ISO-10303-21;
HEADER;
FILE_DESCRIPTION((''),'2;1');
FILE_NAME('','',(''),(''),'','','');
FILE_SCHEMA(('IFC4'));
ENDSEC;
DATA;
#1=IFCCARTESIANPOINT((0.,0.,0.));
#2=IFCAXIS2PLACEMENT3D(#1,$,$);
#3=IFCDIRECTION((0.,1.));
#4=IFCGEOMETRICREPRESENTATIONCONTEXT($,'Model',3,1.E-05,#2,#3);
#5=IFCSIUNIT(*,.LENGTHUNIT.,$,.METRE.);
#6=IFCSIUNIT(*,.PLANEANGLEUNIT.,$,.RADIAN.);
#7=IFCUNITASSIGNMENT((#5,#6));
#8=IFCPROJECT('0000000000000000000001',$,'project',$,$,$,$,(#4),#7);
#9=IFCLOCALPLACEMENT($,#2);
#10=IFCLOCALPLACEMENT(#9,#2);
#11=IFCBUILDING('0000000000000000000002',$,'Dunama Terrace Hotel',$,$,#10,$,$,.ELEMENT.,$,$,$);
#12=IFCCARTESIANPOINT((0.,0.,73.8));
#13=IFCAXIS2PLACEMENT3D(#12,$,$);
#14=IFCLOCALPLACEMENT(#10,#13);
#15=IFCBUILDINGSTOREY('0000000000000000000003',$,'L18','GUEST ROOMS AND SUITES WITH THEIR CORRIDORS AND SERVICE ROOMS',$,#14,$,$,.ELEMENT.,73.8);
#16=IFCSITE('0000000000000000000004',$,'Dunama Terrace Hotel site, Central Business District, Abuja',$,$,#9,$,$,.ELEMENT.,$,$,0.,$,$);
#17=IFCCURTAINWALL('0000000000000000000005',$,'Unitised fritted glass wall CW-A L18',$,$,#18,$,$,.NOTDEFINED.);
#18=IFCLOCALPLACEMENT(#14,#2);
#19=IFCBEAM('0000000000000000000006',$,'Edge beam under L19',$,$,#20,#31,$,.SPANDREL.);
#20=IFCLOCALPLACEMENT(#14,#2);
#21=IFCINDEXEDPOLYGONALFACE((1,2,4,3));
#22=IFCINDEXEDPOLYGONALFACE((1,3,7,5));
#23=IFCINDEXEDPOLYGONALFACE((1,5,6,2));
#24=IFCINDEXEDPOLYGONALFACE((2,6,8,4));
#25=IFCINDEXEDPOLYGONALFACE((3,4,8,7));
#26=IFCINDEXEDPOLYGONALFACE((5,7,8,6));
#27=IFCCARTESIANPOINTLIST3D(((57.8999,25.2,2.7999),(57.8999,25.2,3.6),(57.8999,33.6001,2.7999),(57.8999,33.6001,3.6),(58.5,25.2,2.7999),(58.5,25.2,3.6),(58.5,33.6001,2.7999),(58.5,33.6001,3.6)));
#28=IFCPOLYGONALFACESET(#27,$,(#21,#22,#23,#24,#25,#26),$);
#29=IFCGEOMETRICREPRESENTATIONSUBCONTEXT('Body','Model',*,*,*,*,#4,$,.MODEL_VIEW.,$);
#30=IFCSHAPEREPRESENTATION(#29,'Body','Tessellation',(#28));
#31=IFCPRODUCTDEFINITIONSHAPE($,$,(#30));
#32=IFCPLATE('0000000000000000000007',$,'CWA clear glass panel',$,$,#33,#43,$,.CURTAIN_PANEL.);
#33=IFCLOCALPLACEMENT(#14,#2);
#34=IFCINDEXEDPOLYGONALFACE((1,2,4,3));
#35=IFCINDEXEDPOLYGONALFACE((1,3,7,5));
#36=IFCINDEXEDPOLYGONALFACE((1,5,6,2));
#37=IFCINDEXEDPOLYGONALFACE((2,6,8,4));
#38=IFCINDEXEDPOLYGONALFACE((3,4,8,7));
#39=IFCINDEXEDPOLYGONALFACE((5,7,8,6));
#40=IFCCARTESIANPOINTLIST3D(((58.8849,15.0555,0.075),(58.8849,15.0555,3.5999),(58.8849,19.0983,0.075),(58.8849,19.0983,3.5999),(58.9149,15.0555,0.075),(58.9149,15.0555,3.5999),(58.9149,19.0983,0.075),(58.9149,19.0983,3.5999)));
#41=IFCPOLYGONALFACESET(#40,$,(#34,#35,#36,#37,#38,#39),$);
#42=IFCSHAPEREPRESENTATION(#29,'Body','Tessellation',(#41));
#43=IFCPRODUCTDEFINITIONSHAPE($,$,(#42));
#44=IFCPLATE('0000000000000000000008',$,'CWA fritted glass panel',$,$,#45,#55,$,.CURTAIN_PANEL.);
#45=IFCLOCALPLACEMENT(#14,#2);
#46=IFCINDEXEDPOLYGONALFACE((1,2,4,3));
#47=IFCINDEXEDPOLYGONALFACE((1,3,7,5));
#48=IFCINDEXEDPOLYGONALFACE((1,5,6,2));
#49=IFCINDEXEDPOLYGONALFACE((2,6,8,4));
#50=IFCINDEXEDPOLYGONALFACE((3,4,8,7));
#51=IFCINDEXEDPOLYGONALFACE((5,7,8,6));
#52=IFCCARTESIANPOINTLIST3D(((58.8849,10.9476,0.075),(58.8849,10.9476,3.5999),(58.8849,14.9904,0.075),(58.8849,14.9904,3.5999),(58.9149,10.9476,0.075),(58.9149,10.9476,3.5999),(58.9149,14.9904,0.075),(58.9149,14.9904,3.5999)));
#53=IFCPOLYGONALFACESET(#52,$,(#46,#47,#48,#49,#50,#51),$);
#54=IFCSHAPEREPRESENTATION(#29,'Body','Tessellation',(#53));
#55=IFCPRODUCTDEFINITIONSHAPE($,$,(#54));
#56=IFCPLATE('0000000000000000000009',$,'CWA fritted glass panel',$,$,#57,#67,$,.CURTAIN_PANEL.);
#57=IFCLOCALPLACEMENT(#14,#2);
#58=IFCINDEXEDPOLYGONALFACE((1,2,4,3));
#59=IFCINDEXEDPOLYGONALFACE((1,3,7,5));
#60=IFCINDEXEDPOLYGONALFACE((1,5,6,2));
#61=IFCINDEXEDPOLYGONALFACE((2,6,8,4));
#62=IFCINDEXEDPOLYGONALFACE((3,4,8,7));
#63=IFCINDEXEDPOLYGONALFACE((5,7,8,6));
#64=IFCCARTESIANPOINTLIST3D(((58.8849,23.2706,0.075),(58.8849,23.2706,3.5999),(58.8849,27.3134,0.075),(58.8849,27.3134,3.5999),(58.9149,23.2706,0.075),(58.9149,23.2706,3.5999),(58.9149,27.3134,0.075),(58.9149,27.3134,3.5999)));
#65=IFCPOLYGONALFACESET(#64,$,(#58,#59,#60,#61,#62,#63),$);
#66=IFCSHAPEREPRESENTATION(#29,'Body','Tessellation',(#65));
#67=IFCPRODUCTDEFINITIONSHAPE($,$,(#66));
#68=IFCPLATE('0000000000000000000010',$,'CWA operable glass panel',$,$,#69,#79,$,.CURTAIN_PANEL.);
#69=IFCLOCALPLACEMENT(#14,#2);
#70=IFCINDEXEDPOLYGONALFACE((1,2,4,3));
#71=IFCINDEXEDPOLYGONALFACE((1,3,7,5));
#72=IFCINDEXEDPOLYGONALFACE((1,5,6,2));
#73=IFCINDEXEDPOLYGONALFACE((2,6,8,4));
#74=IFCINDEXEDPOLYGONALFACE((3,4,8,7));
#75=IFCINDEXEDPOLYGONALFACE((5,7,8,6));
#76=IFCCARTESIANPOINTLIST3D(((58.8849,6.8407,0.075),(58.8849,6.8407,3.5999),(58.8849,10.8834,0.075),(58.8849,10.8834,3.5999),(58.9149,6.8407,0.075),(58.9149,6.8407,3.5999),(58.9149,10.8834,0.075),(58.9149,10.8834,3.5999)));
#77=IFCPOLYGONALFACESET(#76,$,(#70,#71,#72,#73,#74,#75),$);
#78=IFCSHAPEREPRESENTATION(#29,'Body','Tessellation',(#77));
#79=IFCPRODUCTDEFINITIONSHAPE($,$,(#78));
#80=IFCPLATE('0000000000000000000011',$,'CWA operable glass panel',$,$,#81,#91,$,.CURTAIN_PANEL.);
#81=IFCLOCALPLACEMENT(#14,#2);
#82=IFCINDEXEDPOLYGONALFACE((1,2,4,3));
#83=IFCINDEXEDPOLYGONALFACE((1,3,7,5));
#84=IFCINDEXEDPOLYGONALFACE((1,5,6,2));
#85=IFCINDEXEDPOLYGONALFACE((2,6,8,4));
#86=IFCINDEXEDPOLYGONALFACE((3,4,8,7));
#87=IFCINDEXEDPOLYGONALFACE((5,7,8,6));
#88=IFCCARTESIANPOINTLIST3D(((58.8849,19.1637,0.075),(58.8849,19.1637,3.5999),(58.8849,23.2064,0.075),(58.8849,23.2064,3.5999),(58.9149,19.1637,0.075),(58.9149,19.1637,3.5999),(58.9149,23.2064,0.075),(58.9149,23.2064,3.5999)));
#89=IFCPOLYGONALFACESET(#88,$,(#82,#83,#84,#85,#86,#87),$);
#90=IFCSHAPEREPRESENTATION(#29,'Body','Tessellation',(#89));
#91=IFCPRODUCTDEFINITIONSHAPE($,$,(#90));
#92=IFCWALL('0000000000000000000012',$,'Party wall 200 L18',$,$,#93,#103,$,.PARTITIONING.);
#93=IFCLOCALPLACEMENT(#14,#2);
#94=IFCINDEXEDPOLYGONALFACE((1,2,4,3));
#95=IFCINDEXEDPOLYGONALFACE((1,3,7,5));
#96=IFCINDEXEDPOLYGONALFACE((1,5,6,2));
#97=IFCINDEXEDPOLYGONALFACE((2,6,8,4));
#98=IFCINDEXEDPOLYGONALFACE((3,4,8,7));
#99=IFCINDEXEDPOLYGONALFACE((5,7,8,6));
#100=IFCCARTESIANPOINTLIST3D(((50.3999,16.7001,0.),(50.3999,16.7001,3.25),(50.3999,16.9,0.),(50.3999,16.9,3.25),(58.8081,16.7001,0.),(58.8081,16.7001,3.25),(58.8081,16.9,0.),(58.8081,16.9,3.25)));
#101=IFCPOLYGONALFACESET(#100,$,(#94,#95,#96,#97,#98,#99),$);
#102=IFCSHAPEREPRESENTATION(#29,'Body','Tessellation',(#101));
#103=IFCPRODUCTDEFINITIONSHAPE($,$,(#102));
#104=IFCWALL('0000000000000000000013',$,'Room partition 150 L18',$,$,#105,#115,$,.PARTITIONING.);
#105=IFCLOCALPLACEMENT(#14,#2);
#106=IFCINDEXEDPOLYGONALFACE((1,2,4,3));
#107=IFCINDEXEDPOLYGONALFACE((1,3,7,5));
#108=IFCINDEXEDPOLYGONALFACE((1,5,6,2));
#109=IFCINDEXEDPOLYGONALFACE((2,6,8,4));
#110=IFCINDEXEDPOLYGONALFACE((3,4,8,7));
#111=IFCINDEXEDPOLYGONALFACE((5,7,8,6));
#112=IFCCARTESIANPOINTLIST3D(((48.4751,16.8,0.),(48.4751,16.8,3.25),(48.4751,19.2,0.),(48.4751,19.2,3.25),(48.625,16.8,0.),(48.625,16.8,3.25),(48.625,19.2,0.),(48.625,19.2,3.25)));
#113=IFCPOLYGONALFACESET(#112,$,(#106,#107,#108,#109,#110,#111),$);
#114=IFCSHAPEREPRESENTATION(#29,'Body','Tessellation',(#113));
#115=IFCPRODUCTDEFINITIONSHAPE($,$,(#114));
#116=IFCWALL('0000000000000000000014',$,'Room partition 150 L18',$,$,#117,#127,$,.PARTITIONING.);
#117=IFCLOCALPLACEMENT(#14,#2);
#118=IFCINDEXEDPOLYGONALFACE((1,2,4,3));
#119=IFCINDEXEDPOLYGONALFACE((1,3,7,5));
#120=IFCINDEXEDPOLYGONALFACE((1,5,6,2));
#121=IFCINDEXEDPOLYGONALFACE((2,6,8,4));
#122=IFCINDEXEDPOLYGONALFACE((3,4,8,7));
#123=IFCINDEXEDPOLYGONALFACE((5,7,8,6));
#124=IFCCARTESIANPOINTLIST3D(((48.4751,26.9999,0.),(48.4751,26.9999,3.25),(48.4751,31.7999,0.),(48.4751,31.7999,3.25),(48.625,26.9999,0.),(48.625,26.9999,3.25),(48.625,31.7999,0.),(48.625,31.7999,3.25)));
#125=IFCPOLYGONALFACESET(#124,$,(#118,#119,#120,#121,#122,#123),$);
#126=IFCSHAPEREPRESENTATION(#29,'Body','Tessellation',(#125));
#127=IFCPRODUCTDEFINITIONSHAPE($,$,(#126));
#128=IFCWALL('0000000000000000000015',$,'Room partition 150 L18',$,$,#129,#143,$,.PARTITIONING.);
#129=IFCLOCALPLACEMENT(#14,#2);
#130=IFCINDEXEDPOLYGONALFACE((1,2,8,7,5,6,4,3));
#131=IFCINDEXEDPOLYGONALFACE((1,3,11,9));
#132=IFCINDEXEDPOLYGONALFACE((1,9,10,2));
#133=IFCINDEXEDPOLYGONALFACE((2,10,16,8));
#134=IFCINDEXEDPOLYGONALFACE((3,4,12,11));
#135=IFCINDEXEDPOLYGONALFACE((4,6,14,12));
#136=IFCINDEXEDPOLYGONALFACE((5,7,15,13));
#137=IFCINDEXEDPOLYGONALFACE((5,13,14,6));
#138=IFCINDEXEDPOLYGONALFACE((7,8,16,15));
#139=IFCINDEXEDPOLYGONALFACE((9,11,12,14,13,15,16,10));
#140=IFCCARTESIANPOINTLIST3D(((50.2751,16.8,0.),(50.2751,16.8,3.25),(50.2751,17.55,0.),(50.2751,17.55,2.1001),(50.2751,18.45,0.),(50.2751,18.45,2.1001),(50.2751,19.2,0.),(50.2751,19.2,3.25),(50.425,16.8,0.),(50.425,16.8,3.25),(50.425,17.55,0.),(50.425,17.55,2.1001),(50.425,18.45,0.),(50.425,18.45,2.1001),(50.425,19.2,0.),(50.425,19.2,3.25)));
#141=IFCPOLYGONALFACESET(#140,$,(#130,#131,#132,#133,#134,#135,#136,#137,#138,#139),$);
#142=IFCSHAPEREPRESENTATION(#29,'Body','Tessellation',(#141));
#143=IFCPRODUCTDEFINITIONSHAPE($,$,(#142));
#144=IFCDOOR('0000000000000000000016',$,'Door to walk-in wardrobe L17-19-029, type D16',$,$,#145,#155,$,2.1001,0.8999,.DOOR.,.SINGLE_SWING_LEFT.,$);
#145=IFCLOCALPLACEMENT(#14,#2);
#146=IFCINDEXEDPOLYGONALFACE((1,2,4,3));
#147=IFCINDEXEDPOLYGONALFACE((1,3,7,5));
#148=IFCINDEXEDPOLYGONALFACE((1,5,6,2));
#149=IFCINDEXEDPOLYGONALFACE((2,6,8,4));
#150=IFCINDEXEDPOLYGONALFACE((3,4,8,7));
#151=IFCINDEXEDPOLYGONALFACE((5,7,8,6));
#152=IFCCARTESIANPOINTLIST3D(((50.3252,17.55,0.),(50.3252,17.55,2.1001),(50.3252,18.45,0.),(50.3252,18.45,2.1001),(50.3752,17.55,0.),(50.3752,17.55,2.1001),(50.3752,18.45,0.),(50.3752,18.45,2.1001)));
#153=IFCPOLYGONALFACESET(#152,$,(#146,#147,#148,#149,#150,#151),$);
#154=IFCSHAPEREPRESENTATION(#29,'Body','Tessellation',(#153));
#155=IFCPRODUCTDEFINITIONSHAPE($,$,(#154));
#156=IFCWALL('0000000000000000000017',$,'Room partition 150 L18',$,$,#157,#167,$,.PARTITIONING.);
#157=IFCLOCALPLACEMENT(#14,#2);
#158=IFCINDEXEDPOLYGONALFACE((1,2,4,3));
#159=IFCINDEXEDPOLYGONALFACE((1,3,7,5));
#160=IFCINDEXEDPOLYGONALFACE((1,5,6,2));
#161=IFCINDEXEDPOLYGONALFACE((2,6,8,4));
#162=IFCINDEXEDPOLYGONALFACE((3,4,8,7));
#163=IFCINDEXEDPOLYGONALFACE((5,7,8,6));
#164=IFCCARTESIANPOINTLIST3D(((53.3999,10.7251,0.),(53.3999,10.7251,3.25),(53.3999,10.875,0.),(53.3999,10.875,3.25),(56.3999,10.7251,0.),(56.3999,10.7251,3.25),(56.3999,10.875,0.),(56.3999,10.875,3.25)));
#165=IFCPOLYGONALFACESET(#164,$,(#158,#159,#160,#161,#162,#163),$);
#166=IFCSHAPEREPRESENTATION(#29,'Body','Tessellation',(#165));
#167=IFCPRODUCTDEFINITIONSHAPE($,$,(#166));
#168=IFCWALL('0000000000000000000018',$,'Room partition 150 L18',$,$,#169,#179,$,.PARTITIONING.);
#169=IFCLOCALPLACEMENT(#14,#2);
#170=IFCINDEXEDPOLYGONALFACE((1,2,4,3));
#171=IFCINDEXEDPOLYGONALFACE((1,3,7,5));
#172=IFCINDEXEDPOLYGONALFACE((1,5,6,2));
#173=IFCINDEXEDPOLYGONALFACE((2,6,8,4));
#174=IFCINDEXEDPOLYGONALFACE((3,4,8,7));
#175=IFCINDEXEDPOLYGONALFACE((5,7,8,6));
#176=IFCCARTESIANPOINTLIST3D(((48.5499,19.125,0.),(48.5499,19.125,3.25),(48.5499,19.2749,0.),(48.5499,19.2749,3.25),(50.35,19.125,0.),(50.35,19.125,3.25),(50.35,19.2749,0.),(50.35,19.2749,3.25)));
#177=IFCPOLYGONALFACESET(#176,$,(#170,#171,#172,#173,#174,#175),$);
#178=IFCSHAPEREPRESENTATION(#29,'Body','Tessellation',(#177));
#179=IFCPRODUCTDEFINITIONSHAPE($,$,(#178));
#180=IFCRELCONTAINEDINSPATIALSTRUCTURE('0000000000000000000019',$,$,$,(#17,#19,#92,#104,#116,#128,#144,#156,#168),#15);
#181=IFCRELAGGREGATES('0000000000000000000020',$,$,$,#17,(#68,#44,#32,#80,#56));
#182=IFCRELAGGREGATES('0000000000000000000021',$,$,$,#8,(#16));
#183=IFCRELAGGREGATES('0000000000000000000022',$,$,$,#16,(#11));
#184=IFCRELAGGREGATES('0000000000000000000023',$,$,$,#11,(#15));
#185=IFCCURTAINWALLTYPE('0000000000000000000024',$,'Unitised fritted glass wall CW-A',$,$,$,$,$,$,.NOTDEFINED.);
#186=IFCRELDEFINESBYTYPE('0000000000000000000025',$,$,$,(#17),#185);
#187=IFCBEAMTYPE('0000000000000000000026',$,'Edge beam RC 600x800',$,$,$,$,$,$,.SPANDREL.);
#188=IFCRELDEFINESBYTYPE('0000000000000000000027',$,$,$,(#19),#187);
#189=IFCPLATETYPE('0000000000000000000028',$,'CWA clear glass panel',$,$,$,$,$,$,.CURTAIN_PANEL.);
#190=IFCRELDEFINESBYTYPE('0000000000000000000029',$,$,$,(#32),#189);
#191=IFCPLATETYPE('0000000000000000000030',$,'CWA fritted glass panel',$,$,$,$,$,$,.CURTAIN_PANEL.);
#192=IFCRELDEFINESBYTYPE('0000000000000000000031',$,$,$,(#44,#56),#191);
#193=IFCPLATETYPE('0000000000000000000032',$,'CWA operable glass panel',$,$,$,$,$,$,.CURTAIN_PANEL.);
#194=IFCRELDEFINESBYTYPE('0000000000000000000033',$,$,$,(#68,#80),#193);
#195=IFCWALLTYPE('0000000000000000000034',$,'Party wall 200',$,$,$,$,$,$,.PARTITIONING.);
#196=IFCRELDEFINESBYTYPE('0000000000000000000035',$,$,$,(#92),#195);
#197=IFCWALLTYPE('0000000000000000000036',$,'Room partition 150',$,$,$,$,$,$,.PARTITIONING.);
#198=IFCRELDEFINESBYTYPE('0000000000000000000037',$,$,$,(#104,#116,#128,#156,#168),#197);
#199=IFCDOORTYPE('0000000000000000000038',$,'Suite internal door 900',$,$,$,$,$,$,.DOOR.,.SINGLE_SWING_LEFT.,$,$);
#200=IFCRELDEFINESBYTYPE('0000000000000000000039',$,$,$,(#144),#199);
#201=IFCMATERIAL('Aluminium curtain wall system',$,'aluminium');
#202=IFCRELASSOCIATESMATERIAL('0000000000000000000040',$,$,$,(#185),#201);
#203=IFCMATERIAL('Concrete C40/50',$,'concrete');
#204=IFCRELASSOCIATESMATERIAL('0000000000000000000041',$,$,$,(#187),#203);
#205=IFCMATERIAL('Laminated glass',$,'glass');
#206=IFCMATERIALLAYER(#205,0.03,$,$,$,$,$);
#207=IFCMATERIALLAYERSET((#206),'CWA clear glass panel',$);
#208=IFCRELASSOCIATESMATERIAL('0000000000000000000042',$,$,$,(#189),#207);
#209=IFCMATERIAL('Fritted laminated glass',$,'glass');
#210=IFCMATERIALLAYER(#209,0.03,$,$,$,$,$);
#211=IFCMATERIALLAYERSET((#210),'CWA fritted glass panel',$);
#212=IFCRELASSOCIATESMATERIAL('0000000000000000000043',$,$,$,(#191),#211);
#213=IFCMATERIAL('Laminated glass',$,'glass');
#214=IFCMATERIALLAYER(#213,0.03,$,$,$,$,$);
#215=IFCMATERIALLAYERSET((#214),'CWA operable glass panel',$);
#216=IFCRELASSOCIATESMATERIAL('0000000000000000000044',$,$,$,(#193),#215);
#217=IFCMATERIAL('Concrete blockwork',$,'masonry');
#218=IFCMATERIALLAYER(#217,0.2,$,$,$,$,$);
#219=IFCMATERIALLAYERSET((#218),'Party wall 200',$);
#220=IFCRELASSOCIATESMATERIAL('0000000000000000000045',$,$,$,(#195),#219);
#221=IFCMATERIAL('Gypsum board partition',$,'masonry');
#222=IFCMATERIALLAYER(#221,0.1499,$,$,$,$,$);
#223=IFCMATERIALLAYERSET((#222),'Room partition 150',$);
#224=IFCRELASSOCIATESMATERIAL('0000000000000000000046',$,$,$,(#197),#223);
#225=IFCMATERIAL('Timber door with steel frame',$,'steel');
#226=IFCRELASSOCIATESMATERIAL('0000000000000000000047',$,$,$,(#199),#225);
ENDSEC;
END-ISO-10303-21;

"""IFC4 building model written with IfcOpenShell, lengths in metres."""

from ifc_helpers import new_model, si_unit, direction, frame, frame_2d, origin, origin_2d, place, context, subcontext, project, spatial, rectangle, extrude, material, layer, layer_set, material_profile, profile_set, type_object, element, fill, aggregate, save


model = new_model("IFC4")

# Units and contexts
model_context = context("Model", 3, precision=1e-05, world=origin(), true_north=direction((0.0, 1.0)))
body_context = subcontext(model_context, "Body", "Model", "MODEL_VIEW")
ifc_project = project(units=[si_unit("LENGTHUNIT", "METRE"), si_unit("PLANEANGLEUNIT", "RADIAN")], contexts=[model_context])

# Site, building, storey
site_placement = place(None, origin())
site = spatial("IfcSite", under=ifc_project, at=site_placement, Name="Dunama Terrace Hotel site, Central Business District, Abuja", CompositionType="ELEMENT", RefElevation=0.0)
building_placement = place(site_placement, origin())
building = spatial("IfcBuilding", under=site, at=building_placement, Name="Dunama Terrace Hotel", CompositionType="ELEMENT")
storey_placement = place(building_placement, frame((0.0, 0.0, 73.8)))
storey = spatial("IfcBuildingStorey", under=building, at=storey_placement, Name="L18", Description="GUEST ROOMS AND SUITES WITH THEIR CORRIDORS AND SERVICE ROOMS", CompositionType="ELEMENT", Elevation=73.8)

# Curtain wall
ifc_material_1 = material(Name="Aluminium curtain wall system", Category="aluminium")
curtain_wall_type = type_object("IfcCurtainWallType", Name="Unitised fritted glass wall CW-A", PredefinedType="NOTDEFINED", material=ifc_material_1)
curtain_wall_placement = place(storey_placement, origin())
curtain_wall = element("IfcCurtainWall", 1, at=curtain_wall_placement, inside=storey, type_object=curtain_wall_type, Name="Unitised fritted glass wall CW-A L18", PredefinedType="NOTDEFINED")

# Beam
ifc_material_2 = material(Name="Concrete C40/50", Category="concrete")
ifc_material_profile_1 = material_profile(ifc_material_2, rectangle(XDim=0.6001, YDim=0.8, at=origin_2d()), Name="RC 600x800")
ifc_profile_set_1 = profile_set([ifc_material_profile_1], Name="Concrete C40/50")
beam_type = type_object("IfcBeamType", Name="Edge beam RC 600x800", PredefinedType="SPANDREL", material=ifc_profile_set_1)
beam_1_placement = place(storey_placement, frame((58.2, 25.2, 3.2), z_axis=(0.0, 1.0, 0.0), x_axis=(-1.0, 0.0, 0.0)))
element("IfcBeam", 2, at=beam_1_placement, inside=storey, type_object=beam_type, Name="Edge beam under L19", PredefinedType="SPANDREL", context=body_context, shape_type="SweptSolid", body=[
    extrude(rectangle(XDim=0.6001, YDim=0.8, at=origin_2d()), origin(), (0.0, 0.0, 1.0), 8.4001),
])

# Plates
ifc_material_3 = material(Name="Laminated glass", Category="glass")
ifc_layer_1 = layer(ifc_material_3, 0.03)
ifc_layer_set_1 = layer_set([ifc_layer_1], Name="CWA clear glass panel")
plate_type_1 = type_object("IfcPlateType", Name="CWA clear glass panel", PredefinedType="CURTAIN_PANEL", material=ifc_layer_set_1)
plate_1_placement = place(storey_placement, frame((58.8999, 17.0769, 0.075), z_axis=(0.0, 0.0, 1.0), x_axis=(0.0, 1.0, 0.0)))
plate_1 = element("IfcPlate", 3, at=plate_1_placement, type_object=plate_type_1, Name="CWA clear glass panel", PredefinedType="CURTAIN_PANEL", context=body_context, shape_type="SweptSolid", body=[
    extrude(rectangle(XDim=4.0427, YDim=0.03, at=origin_2d()), origin(), (0.0, 0.0, 1.0), 3.5249),
])
ifc_material_4 = material(Name="Fritted laminated glass", Category="glass")
ifc_layer_2 = layer(ifc_material_4, 0.03)
ifc_layer_set_2 = layer_set([ifc_layer_2], Name="CWA fritted glass panel")
plate_type_2 = type_object("IfcPlateType", Name="CWA fritted glass panel", PredefinedType="CURTAIN_PANEL", material=ifc_layer_set_2)
plate_2_placement = place(storey_placement, frame((58.8999, 12.969, 0.075), z_axis=(0.0, 0.0, 1.0), x_axis=(0.0, 1.0, 0.0)))
plate_2 = element("IfcPlate", 4, at=plate_2_placement, type_object=plate_type_2, Name="CWA fritted glass panel", PredefinedType="CURTAIN_PANEL", context=body_context, shape_type="SweptSolid", body=[
    extrude(rectangle(XDim=4.0427, YDim=0.03, at=origin_2d()), origin(), (0.0, 0.0, 1.0), 3.5249),
])
plate_3_placement = place(storey_placement, frame((58.8999, 25.292, 0.075), z_axis=(0.0, 0.0, 1.0), x_axis=(0.0, 1.0, 0.0)))
plate_3 = element("IfcPlate", 5, at=plate_3_placement, type_object=plate_type_2, Name="CWA fritted glass panel", PredefinedType="CURTAIN_PANEL", context=body_context, shape_type="SweptSolid", body=[
    extrude(rectangle(XDim=4.0427, YDim=0.03, at=origin_2d()), origin(), (0.0, 0.0, 1.0), 3.5249),
])
ifc_material_5 = material(Name="Laminated glass", Category="glass")
ifc_layer_3 = layer(ifc_material_5, 0.03)
ifc_layer_set_3 = layer_set([ifc_layer_3], Name="CWA operable glass panel")
plate_type_3 = type_object("IfcPlateType", Name="CWA operable glass panel", PredefinedType="CURTAIN_PANEL", material=ifc_layer_set_3)
plate_4_placement = place(storey_placement, frame((58.8999, 8.8621, 0.075), z_axis=(0.0, 0.0, 1.0), x_axis=(0.0, 1.0, 0.0)))
plate_4 = element("IfcPlate", 6, at=plate_4_placement, type_object=plate_type_3, Name="CWA operable glass panel", PredefinedType="CURTAIN_PANEL", context=body_context, shape_type="SweptSolid", body=[
    extrude(rectangle(XDim=4.0427, YDim=0.03, at=origin_2d()), origin(), (0.0, 0.0, 1.0), 3.5249),
])
plate_5_placement = place(storey_placement, frame((58.8999, 21.1851, 0.075), z_axis=(0.0, 0.0, 1.0), x_axis=(0.0, 1.0, 0.0)))
plate_5 = element("IfcPlate", 7, at=plate_5_placement, type_object=plate_type_3, Name="CWA operable glass panel", PredefinedType="CURTAIN_PANEL", context=body_context, shape_type="SweptSolid", body=[
    extrude(rectangle(XDim=4.0427, YDim=0.03, at=origin_2d()), origin(), (0.0, 0.0, 1.0), 3.5249),
])
aggregate(curtain_wall, [plate_4, plate_2, plate_1, plate_5, plate_3])

# Walls
ifc_material_6 = material(Name="Concrete blockwork", Category="masonry")
ifc_layer_4 = layer(ifc_material_6, 0.2)
ifc_layer_set_4 = layer_set([ifc_layer_4], Name="Party wall 200")
wall_type_1 = type_object("IfcWallType", Name="Party wall 200", PredefinedType="PARTITIONING", material=ifc_layer_set_4)
wall_1_placement = place(storey_placement, frame((50.3999, 16.8, 0.0), z_axis=(0.0, 0.0, 1.0), x_axis=(1.0, 0.0, 0.0)))
element("IfcWall", 8, at=wall_1_placement, inside=storey, type_object=wall_type_1, Name="Party wall 200 L18", PredefinedType="PARTITIONING", context=body_context, shape_type="SweptSolid", body=[
    extrude(rectangle(XDim=8.4082, YDim=0.2, at=frame_2d((4.2041, 0.0))), origin(), (0.0, 0.0, 1.0), 3.25),
])
ifc_material_7 = material(Name="Gypsum board partition", Category="masonry")
ifc_layer_5 = layer(ifc_material_7, 0.1499)
ifc_layer_set_5 = layer_set([ifc_layer_5], Name="Room partition 150")
wall_type_2 = type_object("IfcWallType", Name="Room partition 150", PredefinedType="PARTITIONING", material=ifc_layer_set_5)
wall_2_placement = place(storey_placement, frame((48.55, 16.8, 0.0), z_axis=(0.0, 0.0, 1.0), x_axis=(0.0, 1.0, 0.0)))
element("IfcWall", 9, at=wall_2_placement, inside=storey, type_object=wall_type_2, Name="Room partition 150 L18", PredefinedType="PARTITIONING", context=body_context, shape_type="SweptSolid", body=[
    extrude(rectangle(XDim=2.3999, YDim=0.1499, at=frame_2d((1.2, 0.0))), origin(), (0.0, 0.0, 1.0), 3.25),
])
wall_3_placement = place(storey_placement, frame((48.55, 27.0, 0.0), z_axis=(0.0, 0.0, 1.0), x_axis=(0.0, 1.0, 0.0)))
element("IfcWall", 10, at=wall_3_placement, inside=storey, type_object=wall_type_2, Name="Room partition 150 L18", PredefinedType="PARTITIONING", context=body_context, shape_type="SweptSolid", body=[
    extrude(rectangle(XDim=4.8, YDim=0.1499, at=frame_2d((2.3999, 0.0))), origin(), (0.0, 0.0, 1.0), 3.25),
])

# Wall, opening, door
wall_4_placement = place(storey_placement, frame((50.3501, 16.8, 0.0), z_axis=(0.0, 0.0, 1.0), x_axis=(0.0, 1.0, 0.0)))
wall_4 = element("IfcWall", 11, at=wall_4_placement, inside=storey, type_object=wall_type_2, Name="Room partition 150 L18", PredefinedType="PARTITIONING", context=body_context, shape_type="SweptSolid", body=[
    extrude(rectangle(XDim=2.3999, YDim=0.1499, at=frame_2d((1.2, 0.0))), origin(), (0.0, 0.0, 1.0), 3.25),
])
opening_placement = place(wall_4_placement, frame((0.75, 0.0, 0.0)))
opening = element("IfcOpeningElement", 12, at=opening_placement, cuts=wall_4, PredefinedType="OPENING", context=body_context, shape_type="SweptSolid", body=[
    extrude(rectangle(XDim=0.8999, YDim=2.1001, at=frame_2d((0.45, 1.05))), frame((0.0, 0.085, 0.0), z_axis=(0.0, -1.0, 0.0), x_axis=(1.0, 0.0, 0.0)), (0.0, 0.0, 1.0), 0.1699),
])
ifc_material_8 = material(Name="Timber door with steel frame", Category="steel")
door_type = type_object("IfcDoorType", Name="Suite internal door 900", OperationType="SINGLE_SWING_LEFT", PredefinedType="DOOR", material=ifc_material_8)
door_placement = place(opening_placement, origin())
door = element("IfcDoor", 13, at=door_placement, inside=storey, type_object=door_type, Name="Door to walk-in wardrobe L17-19-029, type D16", OperationType="SINGLE_SWING_LEFT", OverallHeight=2.1001, OverallWidth=0.8999, PredefinedType="DOOR", context=body_context, shape_type="SweptSolid", body=[
    extrude(rectangle(XDim=0.8999, YDim=2.1001, at=frame_2d((0.45, 1.05))), frame((0.0, 0.0249, 0.0), z_axis=(0.0, -1.0, 0.0), x_axis=(1.0, 0.0, 0.0)), (0.0, 0.0, 1.0), 0.05),
])
fill(opening, door)

# Walls
wall_5_placement = place(storey_placement, frame((53.3999, 10.8, 0.0), z_axis=(0.0, 0.0, 1.0), x_axis=(1.0, 0.0, 0.0)))
element("IfcWall", 14, at=wall_5_placement, inside=storey, type_object=wall_type_2, Name="Room partition 150 L18", PredefinedType="PARTITIONING", context=body_context, shape_type="SweptSolid", body=[
    extrude(rectangle(XDim=3.0, YDim=0.1499, at=frame_2d((1.5, 0.0))), origin(), (0.0, 0.0, 1.0), 3.25),
])
wall_6_placement = place(storey_placement, frame((48.55, 19.2, 0.0), z_axis=(0.0, 0.0, 1.0), x_axis=(1.0, 0.0, 0.0)))
element("IfcWall", 15, at=wall_6_placement, inside=storey, type_object=wall_type_2, Name="Room partition 150 L18", PredefinedType="PARTITIONING", context=body_context, shape_type="SweptSolid", body=[
    extrude(rectangle(XDim=1.8, YDim=0.1499, at=frame_2d((0.8999, 0.0))), origin(), (0.0, 0.0, 1.0), 3.25),
])

save(model, "model.ifc")
